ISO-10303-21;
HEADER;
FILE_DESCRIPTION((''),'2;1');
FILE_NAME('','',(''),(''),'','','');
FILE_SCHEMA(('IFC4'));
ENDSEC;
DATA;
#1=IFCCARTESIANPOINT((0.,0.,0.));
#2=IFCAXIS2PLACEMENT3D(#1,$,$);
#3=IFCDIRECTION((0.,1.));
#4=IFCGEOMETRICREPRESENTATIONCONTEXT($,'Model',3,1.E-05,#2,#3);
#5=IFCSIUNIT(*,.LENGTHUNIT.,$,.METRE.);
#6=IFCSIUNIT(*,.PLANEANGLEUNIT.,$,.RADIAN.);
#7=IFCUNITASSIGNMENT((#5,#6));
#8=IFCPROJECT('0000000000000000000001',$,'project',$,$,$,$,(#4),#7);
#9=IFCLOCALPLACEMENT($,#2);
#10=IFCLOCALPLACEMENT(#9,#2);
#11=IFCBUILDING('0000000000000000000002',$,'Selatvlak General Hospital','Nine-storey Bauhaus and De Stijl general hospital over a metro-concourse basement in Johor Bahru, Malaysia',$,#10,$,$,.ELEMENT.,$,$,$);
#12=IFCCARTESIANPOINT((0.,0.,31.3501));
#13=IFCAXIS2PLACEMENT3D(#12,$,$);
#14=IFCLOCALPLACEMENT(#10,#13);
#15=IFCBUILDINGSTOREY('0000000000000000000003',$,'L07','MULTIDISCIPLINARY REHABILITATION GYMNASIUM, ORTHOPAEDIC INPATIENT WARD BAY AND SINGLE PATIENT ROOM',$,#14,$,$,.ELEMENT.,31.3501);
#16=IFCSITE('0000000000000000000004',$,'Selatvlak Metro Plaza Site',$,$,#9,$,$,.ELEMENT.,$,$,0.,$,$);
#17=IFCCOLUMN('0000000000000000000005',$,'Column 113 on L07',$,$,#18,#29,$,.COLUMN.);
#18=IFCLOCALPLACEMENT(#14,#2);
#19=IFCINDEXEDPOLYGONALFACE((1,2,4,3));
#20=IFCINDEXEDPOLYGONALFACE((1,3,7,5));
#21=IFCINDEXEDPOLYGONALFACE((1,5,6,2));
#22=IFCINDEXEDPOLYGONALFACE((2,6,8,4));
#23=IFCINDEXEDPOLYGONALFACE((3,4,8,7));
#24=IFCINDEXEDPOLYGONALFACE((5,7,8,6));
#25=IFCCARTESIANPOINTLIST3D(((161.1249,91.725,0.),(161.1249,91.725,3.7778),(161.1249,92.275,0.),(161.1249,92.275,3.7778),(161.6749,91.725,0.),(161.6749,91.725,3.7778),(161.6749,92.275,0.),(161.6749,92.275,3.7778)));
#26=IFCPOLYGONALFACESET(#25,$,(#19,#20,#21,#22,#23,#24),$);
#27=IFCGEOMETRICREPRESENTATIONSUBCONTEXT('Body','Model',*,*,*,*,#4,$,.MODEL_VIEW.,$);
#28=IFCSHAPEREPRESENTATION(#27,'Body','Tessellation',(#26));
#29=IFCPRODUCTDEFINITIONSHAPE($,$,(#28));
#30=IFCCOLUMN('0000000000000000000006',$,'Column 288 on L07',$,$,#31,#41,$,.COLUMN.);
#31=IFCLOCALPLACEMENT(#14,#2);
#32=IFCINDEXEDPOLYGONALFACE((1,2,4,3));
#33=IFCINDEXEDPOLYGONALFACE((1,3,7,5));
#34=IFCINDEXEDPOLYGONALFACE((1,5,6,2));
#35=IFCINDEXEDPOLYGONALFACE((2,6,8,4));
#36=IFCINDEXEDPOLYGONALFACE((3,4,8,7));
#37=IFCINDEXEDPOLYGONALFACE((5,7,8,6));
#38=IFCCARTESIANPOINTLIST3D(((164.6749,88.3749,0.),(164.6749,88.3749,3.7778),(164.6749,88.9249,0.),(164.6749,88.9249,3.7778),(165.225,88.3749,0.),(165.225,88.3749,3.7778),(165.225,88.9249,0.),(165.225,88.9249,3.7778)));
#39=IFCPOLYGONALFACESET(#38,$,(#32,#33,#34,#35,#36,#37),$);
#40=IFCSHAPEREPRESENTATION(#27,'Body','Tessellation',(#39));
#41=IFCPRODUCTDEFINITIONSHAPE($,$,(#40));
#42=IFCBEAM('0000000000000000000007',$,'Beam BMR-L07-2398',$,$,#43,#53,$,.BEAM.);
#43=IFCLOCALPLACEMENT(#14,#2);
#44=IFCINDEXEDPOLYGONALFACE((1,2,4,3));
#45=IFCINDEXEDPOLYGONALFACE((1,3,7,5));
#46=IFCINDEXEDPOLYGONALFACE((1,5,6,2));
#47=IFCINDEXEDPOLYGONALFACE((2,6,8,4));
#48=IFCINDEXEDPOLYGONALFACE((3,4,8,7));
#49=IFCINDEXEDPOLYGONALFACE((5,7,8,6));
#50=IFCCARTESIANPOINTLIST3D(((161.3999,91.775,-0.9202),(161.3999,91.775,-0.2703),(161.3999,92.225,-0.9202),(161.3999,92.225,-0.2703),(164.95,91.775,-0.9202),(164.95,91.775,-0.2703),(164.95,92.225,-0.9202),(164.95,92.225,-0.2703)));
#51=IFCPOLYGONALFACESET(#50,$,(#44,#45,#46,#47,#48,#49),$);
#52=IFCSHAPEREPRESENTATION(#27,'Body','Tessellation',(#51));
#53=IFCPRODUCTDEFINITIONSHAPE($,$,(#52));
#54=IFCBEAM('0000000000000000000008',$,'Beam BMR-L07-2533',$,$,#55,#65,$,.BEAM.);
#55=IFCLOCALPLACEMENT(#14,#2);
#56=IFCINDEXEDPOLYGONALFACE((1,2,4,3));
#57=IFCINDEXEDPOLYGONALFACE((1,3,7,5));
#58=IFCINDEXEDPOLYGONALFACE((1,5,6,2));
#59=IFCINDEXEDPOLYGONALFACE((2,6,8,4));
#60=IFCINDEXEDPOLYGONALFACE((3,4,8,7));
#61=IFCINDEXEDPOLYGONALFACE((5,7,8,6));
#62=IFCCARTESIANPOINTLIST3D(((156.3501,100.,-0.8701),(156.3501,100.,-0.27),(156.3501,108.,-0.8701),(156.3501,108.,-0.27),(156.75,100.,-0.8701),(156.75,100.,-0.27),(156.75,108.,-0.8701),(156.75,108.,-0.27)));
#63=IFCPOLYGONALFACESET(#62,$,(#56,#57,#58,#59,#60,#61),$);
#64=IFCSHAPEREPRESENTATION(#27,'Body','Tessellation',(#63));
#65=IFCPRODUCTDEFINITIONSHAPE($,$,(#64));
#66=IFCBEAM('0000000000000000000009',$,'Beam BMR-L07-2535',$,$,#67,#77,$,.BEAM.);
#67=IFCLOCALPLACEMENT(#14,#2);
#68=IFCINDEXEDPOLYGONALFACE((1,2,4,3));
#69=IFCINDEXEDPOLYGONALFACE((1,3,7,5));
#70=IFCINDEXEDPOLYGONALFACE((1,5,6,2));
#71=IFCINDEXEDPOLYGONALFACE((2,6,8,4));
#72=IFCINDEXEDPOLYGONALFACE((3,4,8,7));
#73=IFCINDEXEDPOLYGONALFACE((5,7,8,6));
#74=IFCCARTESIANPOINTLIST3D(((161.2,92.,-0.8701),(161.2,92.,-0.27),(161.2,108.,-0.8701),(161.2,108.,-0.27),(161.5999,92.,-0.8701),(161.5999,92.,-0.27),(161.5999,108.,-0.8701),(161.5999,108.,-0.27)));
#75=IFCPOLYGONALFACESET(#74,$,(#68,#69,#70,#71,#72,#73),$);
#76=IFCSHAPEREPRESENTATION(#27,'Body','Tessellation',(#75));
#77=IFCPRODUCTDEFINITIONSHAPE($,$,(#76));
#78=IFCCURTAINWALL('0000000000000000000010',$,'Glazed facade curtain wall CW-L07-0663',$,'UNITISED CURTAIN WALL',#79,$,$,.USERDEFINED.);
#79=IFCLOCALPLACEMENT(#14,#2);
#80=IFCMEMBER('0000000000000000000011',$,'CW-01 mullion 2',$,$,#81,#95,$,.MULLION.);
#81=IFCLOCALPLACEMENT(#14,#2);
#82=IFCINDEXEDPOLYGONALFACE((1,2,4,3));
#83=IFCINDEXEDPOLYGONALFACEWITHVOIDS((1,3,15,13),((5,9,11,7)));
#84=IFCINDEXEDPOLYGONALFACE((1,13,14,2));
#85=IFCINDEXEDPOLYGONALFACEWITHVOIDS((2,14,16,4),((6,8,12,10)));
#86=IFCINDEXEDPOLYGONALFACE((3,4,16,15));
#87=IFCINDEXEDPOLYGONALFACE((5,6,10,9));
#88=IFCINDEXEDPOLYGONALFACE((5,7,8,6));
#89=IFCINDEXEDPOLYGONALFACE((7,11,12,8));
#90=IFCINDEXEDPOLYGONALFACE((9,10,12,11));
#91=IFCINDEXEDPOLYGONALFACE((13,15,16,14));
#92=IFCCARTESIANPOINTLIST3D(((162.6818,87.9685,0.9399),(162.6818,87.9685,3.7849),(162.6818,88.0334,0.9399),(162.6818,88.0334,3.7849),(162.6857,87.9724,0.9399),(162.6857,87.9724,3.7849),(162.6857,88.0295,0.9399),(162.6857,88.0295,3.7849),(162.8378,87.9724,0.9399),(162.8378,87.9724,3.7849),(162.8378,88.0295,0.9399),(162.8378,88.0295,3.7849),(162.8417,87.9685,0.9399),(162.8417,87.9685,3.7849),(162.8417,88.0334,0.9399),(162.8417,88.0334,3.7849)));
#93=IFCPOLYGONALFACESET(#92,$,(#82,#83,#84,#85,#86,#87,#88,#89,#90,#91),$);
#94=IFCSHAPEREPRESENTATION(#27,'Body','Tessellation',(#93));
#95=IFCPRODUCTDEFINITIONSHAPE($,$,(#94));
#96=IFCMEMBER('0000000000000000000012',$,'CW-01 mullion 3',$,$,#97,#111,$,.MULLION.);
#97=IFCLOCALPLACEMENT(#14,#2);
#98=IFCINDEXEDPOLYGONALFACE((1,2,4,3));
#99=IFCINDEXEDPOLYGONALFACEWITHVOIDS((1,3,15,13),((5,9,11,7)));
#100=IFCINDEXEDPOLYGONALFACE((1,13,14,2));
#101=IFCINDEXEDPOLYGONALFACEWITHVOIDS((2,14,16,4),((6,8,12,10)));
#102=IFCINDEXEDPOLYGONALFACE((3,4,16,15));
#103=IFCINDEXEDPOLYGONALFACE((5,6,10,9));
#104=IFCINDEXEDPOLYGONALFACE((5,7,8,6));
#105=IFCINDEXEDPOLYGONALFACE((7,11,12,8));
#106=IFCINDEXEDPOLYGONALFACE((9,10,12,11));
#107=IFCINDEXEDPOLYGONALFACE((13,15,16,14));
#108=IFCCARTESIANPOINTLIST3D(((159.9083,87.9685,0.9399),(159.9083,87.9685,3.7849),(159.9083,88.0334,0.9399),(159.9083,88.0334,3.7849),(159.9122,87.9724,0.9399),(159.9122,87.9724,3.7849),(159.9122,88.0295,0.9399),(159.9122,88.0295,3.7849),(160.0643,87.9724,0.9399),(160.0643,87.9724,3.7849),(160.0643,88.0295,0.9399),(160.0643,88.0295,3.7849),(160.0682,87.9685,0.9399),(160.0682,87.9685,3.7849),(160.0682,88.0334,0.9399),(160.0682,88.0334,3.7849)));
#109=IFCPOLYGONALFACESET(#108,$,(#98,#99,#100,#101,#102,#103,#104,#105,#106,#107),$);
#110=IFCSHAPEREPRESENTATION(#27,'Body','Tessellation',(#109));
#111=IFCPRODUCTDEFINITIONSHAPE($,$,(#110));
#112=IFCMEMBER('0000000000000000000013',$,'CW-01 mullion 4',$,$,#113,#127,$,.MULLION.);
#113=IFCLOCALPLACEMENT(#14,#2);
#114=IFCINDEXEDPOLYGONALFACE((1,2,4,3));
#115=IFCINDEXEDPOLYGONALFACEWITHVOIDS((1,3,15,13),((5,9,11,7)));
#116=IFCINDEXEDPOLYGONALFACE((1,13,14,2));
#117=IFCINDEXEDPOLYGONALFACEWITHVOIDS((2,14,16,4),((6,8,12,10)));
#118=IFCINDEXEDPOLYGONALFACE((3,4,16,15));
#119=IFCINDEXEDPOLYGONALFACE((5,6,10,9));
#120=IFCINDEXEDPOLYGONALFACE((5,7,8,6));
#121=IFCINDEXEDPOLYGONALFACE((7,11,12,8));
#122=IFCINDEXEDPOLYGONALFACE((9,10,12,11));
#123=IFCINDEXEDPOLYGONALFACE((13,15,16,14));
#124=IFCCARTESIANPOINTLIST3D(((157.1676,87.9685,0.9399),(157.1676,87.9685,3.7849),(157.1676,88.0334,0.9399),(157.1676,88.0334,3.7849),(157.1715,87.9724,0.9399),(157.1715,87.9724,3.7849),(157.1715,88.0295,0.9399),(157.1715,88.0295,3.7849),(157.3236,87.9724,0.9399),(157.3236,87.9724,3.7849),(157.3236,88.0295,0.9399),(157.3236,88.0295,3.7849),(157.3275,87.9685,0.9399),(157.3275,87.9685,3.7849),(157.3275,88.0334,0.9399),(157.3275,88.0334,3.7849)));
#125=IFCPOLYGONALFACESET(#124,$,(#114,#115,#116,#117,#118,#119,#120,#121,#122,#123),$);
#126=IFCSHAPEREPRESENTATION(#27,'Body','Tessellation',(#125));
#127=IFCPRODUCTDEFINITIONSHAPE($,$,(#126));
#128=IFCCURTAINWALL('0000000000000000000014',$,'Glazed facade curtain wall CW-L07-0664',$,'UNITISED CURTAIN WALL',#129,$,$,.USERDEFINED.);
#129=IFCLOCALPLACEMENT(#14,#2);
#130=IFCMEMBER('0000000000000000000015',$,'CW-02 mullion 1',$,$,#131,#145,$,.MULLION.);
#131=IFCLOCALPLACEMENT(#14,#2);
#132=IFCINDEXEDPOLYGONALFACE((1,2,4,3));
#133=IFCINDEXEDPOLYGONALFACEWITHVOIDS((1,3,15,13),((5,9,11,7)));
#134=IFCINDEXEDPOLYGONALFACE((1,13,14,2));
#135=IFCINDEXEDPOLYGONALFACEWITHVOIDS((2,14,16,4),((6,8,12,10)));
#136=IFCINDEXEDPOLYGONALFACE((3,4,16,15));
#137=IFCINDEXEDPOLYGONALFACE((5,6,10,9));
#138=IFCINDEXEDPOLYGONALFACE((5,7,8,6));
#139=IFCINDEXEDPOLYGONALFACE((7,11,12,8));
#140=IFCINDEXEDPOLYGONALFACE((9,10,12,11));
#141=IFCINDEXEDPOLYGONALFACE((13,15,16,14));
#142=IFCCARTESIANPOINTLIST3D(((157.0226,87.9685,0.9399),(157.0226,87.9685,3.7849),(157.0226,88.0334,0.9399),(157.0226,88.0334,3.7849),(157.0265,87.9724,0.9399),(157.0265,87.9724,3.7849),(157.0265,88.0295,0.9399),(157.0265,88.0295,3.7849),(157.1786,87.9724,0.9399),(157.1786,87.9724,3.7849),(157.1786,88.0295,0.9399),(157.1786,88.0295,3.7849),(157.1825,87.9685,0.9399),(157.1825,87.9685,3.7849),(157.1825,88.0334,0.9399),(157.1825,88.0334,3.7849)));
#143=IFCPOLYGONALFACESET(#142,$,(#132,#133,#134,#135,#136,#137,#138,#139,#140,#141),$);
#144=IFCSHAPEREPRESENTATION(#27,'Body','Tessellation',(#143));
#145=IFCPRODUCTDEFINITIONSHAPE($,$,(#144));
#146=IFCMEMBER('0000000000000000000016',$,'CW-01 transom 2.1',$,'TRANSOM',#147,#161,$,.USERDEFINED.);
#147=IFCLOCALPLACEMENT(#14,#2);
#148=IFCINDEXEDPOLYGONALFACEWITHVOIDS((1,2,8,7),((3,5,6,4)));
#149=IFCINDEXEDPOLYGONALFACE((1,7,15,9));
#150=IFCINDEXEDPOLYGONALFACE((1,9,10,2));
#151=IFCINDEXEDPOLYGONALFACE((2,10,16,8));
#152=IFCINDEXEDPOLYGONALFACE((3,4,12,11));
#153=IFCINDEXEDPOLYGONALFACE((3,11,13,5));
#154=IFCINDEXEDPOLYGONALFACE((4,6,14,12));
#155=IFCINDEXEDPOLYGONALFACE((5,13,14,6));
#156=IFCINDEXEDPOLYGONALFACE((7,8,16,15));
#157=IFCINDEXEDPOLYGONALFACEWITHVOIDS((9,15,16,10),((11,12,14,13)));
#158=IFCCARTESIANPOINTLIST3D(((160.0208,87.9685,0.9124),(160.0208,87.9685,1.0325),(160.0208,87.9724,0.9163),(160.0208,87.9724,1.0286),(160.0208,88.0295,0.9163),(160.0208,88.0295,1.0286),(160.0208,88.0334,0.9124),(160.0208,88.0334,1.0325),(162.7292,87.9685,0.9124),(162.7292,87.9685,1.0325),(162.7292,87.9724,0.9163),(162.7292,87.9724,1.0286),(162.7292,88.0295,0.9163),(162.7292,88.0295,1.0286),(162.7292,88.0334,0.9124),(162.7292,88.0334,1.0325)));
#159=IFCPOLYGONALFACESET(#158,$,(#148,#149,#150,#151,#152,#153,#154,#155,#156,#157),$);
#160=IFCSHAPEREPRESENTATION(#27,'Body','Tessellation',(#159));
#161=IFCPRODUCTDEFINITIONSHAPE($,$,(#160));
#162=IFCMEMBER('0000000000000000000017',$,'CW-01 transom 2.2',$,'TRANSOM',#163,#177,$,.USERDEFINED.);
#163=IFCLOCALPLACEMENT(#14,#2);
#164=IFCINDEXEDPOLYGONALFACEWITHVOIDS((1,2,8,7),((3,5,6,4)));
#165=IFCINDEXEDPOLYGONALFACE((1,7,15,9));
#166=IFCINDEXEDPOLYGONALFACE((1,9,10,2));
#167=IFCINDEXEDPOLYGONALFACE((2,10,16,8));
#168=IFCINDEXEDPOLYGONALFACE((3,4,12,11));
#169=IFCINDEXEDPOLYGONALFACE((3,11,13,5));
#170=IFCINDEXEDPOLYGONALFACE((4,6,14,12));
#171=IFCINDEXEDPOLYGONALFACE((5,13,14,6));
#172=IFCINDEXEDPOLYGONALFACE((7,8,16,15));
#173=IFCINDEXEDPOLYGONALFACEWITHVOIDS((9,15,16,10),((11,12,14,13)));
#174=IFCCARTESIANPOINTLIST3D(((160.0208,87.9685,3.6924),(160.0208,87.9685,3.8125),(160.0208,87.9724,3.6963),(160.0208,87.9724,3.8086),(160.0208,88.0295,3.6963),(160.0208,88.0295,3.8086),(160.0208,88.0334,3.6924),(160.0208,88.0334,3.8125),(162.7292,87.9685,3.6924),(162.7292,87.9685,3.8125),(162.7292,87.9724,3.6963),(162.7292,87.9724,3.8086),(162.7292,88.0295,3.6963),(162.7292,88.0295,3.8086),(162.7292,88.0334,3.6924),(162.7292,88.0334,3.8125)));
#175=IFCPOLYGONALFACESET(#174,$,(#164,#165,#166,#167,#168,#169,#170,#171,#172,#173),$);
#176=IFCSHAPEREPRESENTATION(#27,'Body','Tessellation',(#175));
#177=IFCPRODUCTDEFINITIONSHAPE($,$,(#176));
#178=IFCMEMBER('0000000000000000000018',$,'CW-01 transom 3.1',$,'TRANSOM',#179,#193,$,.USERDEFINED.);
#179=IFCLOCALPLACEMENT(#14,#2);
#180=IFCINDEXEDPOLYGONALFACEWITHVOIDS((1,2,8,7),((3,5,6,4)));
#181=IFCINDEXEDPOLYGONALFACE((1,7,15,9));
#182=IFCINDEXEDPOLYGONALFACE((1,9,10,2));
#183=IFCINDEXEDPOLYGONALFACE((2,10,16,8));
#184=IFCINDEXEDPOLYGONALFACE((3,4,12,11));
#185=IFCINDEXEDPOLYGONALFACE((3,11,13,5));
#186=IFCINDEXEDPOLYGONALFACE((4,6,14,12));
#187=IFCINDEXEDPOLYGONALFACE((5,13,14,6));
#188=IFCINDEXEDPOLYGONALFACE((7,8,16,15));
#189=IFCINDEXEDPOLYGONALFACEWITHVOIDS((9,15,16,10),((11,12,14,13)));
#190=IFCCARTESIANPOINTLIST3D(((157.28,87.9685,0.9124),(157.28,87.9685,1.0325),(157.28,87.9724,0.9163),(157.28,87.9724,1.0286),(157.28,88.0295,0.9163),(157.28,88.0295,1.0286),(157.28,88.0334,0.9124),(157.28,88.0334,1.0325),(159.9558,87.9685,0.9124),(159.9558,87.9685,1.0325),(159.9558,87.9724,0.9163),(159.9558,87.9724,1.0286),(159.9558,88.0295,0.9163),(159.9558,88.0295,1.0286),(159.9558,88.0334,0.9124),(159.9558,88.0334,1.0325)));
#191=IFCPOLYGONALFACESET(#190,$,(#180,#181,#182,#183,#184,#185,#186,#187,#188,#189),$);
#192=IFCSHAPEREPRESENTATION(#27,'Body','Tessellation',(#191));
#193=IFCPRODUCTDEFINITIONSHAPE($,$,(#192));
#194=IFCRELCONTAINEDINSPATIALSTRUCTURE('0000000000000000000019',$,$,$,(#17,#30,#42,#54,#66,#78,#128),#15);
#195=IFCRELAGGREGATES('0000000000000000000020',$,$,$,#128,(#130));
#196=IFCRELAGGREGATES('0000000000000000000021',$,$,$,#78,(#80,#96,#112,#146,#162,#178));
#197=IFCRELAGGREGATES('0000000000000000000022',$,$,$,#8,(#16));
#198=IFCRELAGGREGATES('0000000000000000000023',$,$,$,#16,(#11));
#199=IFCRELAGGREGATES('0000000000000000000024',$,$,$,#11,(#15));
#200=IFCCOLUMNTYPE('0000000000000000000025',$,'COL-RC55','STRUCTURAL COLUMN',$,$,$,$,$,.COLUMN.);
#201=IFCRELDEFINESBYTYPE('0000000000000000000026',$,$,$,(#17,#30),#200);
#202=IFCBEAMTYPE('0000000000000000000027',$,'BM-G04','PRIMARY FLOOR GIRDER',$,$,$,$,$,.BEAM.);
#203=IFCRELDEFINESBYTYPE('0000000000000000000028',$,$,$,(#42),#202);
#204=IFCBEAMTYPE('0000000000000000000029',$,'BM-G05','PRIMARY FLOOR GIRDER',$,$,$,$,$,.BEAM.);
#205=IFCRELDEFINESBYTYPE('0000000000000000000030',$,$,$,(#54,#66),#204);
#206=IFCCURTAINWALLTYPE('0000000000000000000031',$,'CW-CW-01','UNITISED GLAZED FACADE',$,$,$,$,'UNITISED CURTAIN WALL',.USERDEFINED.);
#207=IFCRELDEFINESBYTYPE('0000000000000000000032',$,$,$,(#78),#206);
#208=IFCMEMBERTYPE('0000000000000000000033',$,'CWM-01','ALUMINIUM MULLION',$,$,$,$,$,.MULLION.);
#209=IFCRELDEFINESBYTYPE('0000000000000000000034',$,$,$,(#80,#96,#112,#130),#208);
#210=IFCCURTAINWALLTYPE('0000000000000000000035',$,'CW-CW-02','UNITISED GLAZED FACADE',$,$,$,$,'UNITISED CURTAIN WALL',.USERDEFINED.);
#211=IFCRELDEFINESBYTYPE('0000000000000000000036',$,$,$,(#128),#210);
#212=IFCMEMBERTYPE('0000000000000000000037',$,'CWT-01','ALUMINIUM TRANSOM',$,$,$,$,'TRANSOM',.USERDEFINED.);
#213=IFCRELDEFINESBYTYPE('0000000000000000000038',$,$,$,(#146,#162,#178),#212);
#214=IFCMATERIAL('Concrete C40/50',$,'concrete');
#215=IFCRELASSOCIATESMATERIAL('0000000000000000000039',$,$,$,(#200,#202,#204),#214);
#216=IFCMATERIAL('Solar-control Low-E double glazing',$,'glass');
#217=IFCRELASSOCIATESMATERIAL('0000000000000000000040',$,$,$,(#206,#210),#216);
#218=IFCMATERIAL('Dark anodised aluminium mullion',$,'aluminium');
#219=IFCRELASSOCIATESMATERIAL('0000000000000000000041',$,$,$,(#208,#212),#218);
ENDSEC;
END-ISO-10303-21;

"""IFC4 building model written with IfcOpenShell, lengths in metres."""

from ifc_helpers import new_model, si_unit, direction, frame, origin, origin_2d, place, context, subcontext, project, spatial, rectangle, hollow_rectangle, extrude, material, material_profile, profile_set, type_object, element, aggregate, save


model = new_model("IFC4")

# Units and contexts
model_context = context("Model", 3, precision=1e-05, world=origin(), true_north=direction((0.0, 1.0)))
body_context = subcontext(model_context, "Body", "Model", "MODEL_VIEW")
ifc_project = project(units=[si_unit("LENGTHUNIT", "METRE"), si_unit("PLANEANGLEUNIT", "RADIAN")], contexts=[model_context])

# Site, building, storey
site_placement = place(None, origin())
site = spatial("IfcSite", under=ifc_project, at=site_placement, Name="Selatvlak Metro Plaza Site", CompositionType="ELEMENT", RefElevation=0.0)
building_placement = place(site_placement, origin())
building = spatial("IfcBuilding", under=site, at=building_placement, Name="Selatvlak General Hospital", Description="Nine-storey Bauhaus and De Stijl general hospital over a metro-concourse basement in Johor Bahru, Malaysia", CompositionType="ELEMENT")
storey_placement = place(building_placement, frame((0.0, 0.0, 31.3501)))
storey = spatial("IfcBuildingStorey", under=building, at=storey_placement, Name="L07", Description="MULTIDISCIPLINARY REHABILITATION GYMNASIUM, ORTHOPAEDIC INPATIENT WARD BAY AND SINGLE PATIENT ROOM", CompositionType="ELEMENT", Elevation=31.3501)

# Columns
ifc_material_1 = material(Name="Concrete C40/50", Category="concrete")
ifc_material_profile_1 = material_profile(ifc_material_1, rectangle(XDim=0.55, YDim=0.55, at=origin_2d()), Name="RC-COL 550x550")
ifc_profile_set_1 = profile_set([ifc_material_profile_1], Name="Concrete C40/50")
column_type = type_object("IfcColumnType", Name="COL-RC55", Description="STRUCTURAL COLUMN", PredefinedType="COLUMN", material=ifc_profile_set_1)
for number, where, z_axis, x_axis, name in (
    (1, (161.3999, 92.0, 0.0), (0.0, 0.0, 1.0), (1.0, 0.0, 0.0), "Column 113 on L07"),
    (2, (164.95, 88.6499, 0.0), (0.0, 0.0, 1.0), (1.0, 0.0, 0.0), "Column 288 on L07"),
):
    element("IfcColumn", number, at=place(storey_placement, frame(where, z_axis=z_axis, x_axis=x_axis)), inside=storey, type_object=column_type, Name=name, PredefinedType="COLUMN", context=body_context, shape_type="SweptSolid", body=[
        extrude(rectangle(XDim=0.55, YDim=0.55, at=origin_2d()), origin(), (0.0, 0.0, 1.0), 3.7778),
    ])

# Beams
ifc_material_profile_2 = material_profile(ifc_material_1, rectangle(XDim=0.45, YDim=0.6499, at=origin_2d()), Name="RC-BM 450x650")
ifc_profile_set_2 = profile_set([ifc_material_profile_2], Name="Concrete C40/50")
beam_type_1 = type_object("IfcBeamType", Name="BM-G04", Description="PRIMARY FLOOR GIRDER", PredefinedType="BEAM", material=ifc_profile_set_2)
beam_1_placement = place(storey_placement, frame((161.3999, 92.0, -0.5952), z_axis=(1.0, 0.0, 0.0), x_axis=(0.0, 1.0, 0.0)))
element("IfcBeam", 3, at=beam_1_placement, inside=storey, type_object=beam_type_1, Name="Beam BMR-L07-2398", PredefinedType="BEAM", context=body_context, shape_type="SweptSolid", body=[
    extrude(rectangle(XDim=0.45, YDim=0.6499, at=origin_2d()), origin(), (0.0, 0.0, 1.0), 3.55),
])
ifc_material_profile_3 = material_profile(ifc_material_1, rectangle(XDim=0.3999, YDim=0.6001, at=origin_2d()), Name="RC-BM 400x600")
ifc_profile_set_3 = profile_set([ifc_material_profile_3], Name="Concrete C40/50")
beam_type_2 = type_object("IfcBeamType", Name="BM-G05", Description="PRIMARY FLOOR GIRDER", PredefinedType="BEAM", material=ifc_profile_set_3)
beam_2_placement = place(storey_placement, frame((156.55, 100.0, -0.5701), z_axis=(0.0, 1.0, 0.0), x_axis=(-1.0, 0.0, 0.0)))
element("IfcBeam", 4, at=beam_2_placement, inside=storey, type_object=beam_type_2, Name="Beam BMR-L07-2533", PredefinedType="BEAM", context=body_context, shape_type="SweptSolid", body=[
    extrude(rectangle(XDim=0.3999, YDim=0.6001, at=origin_2d()), origin(), (0.0, 0.0, 1.0), 8.0),
])
beam_3_placement = place(storey_placement, frame((161.3999, 92.0, -0.5701), z_axis=(0.0, 1.0, 0.0), x_axis=(-1.0, 0.0, 0.0)))
element("IfcBeam", 5, at=beam_3_placement, inside=storey, type_object=beam_type_2, Name="Beam BMR-L07-2535", PredefinedType="BEAM", context=body_context, shape_type="SweptSolid", body=[
    extrude(rectangle(XDim=0.3999, YDim=0.6001, at=origin_2d()), origin(), (0.0, 0.0, 1.0), 16.0),
])

# Curtain wall, members
ifc_material_2 = material(Name="Solar-control Low-E double glazing", Category="glass")
curtain_wall_type_1 = type_object("IfcCurtainWallType", Name="CW-CW-01", Description="UNITISED GLAZED FACADE", ElementType="UNITISED CURTAIN WALL", PredefinedType="USERDEFINED", material=ifc_material_2)
curtain_wall_1_placement = place(storey_placement, origin())
curtain_wall_1 = element("IfcCurtainWall", 6, at=curtain_wall_1_placement, inside=storey, type_object=curtain_wall_type_1, Name="Glazed facade curtain wall CW-L07-0663", ObjectType="UNITISED CURTAIN WALL", PredefinedType="USERDEFINED")
ifc_material_3 = material(Name="Dark anodised aluminium mullion", Category="aluminium")
ifc_material_profile_4 = material_profile(ifc_material_3, hollow_rectangle(XDim=0.0649, YDim=0.1599, WallThickness=0.0039, at=origin_2d()), Name="AL-MUL 65x160x4")
ifc_profile_set_4 = profile_set([ifc_material_profile_4], Name="Dark anodised aluminium mullion")
member_type_1 = type_object("IfcMemberType", Name="CWM-01", Description="ALUMINIUM MULLION", PredefinedType="MULLION", material=ifc_profile_set_4)
member_1_placement = place(storey_placement, frame((162.7617, 88.001, 0.9399), z_axis=(0.0, 0.0, 1.0), x_axis=(0.0, -1.0, 0.0)))
member_1 = element("IfcMember", 7, at=member_1_placement, type_object=member_type_1, Name="CW-01 mullion 2", PredefinedType="MULLION", context=body_context, shape_type="SweptSolid", body=[
    extrude(hollow_rectangle(XDim=0.0649, YDim=0.1599, WallThickness=0.0039, at=origin_2d()), origin(), (0.0, 0.0, 1.0), 2.845),
])
member_2_placement = place(storey_placement, frame((159.9883, 88.001, 0.9399), z_axis=(0.0, 0.0, 1.0), x_axis=(0.0, -1.0, 0.0)))
member_2 = element("IfcMember", 8, at=member_2_placement, type_object=member_type_1, Name="CW-01 mullion 3", PredefinedType="MULLION", context=body_context, shape_type="SweptSolid", body=[
    extrude(hollow_rectangle(XDim=0.0649, YDim=0.1599, WallThickness=0.0039, at=origin_2d()), origin(), (0.0, 0.0, 1.0), 2.845),
])
member_3_placement = place(storey_placement, frame((157.2476, 88.001, 0.9399), z_axis=(0.0, 0.0, 1.0), x_axis=(0.0, -1.0, 0.0)))
member_3 = element("IfcMember", 9, at=member_3_placement, type_object=member_type_1, Name="CW-01 mullion 4", PredefinedType="MULLION", context=body_context, shape_type="SweptSolid", body=[
    extrude(hollow_rectangle(XDim=0.0649, YDim=0.1599, WallThickness=0.0039, at=origin_2d()), origin(), (0.0, 0.0, 1.0), 2.845),
])

# Curtain wall, member
curtain_wall_type_2 = type_object("IfcCurtainWallType", Name="CW-CW-02", Description="UNITISED GLAZED FACADE", ElementType="UNITISED CURTAIN WALL", PredefinedType="USERDEFINED", material=ifc_material_2)
curtain_wall_2_placement = place(storey_placement, origin())
curtain_wall_2 = element("IfcCurtainWall", 10, at=curtain_wall_2_placement, inside=storey, type_object=curtain_wall_type_2, Name="Glazed facade curtain wall CW-L07-0664", ObjectType="UNITISED CURTAIN WALL", PredefinedType="USERDEFINED")
member_4_placement = place(storey_placement, frame((157.1025, 88.001, 0.9399), z_axis=(0.0, 0.0, 1.0), x_axis=(0.0, -1.0, 0.0)))
member_4 = element("IfcMember", 11, at=member_4_placement, type_object=member_type_1, Name="CW-02 mullion 1", PredefinedType="MULLION", context=body_context, shape_type="SweptSolid", body=[
    extrude(hollow_rectangle(XDim=0.0649, YDim=0.1599, WallThickness=0.0039, at=origin_2d()), origin(), (0.0, 0.0, 1.0), 2.845),
])

# Members
ifc_material_profile_5 = material_profile(ifc_material_3, hollow_rectangle(XDim=0.0649, YDim=0.1201, WallThickness=0.0039, at=origin_2d()), Name="AL-TRN 65x120x4")
ifc_profile_set_5 = profile_set([ifc_material_profile_5], Name="Dark anodised aluminium mullion")
member_type_2 = type_object("IfcMemberType", Name="CWT-01", Description="ALUMINIUM TRANSOM", ElementType="TRANSOM", PredefinedType="USERDEFINED", material=ifc_profile_set_5)
member_5_placement = place(storey_placement, frame((162.7292, 88.001, 0.9724), z_axis=(-1.0, 0.0, 0.0), x_axis=(0.0, -1.0, 0.0)))
member_5 = element("IfcMember", 12, at=member_5_placement, type_object=member_type_2, Name="CW-01 transom 2.1", ObjectType="TRANSOM", PredefinedType="USERDEFINED", context=body_context, shape_type="SweptSolid", body=[
    extrude(hollow_rectangle(XDim=0.0649, YDim=0.1201, WallThickness=0.0039, at=origin_2d()), origin(), (0.0, 0.0, 1.0), 2.7085),
])
member_6_placement = place(storey_placement, frame((162.7292, 88.001, 3.7524), z_axis=(-1.0, 0.0, 0.0), x_axis=(0.0, -1.0, 0.0)))
member_6 = element("IfcMember", 13, at=member_6_placement, type_object=member_type_2, Name="CW-01 transom 2.2", ObjectType="TRANSOM", PredefinedType="USERDEFINED", context=body_context, shape_type="SweptSolid", body=[
    extrude(hollow_rectangle(XDim=0.0649, YDim=0.1201, WallThickness=0.0039, at=origin_2d()), origin(), (0.0, 0.0, 1.0), 2.7085),
])
member_7_placement = place(storey_placement, frame((159.9558, 88.001, 0.9724), z_axis=(-1.0, 0.0, 0.0), x_axis=(0.0, -1.0, 0.0)))
member_7 = element("IfcMember", 14, at=member_7_placement, type_object=member_type_2, Name="CW-01 transom 3.1", ObjectType="TRANSOM", PredefinedType="USERDEFINED", context=body_context, shape_type="SweptSolid", body=[
    extrude(hollow_rectangle(XDim=0.0649, YDim=0.1201, WallThickness=0.0039, at=origin_2d()), origin(), (0.0, 0.0, 1.0), 2.6758),
])
aggregate(curtain_wall_2, [member_4])

aggregate(curtain_wall_1, [member_1, member_2, member_3, member_5, member_6, member_7])

save(model, "model.ifc")
